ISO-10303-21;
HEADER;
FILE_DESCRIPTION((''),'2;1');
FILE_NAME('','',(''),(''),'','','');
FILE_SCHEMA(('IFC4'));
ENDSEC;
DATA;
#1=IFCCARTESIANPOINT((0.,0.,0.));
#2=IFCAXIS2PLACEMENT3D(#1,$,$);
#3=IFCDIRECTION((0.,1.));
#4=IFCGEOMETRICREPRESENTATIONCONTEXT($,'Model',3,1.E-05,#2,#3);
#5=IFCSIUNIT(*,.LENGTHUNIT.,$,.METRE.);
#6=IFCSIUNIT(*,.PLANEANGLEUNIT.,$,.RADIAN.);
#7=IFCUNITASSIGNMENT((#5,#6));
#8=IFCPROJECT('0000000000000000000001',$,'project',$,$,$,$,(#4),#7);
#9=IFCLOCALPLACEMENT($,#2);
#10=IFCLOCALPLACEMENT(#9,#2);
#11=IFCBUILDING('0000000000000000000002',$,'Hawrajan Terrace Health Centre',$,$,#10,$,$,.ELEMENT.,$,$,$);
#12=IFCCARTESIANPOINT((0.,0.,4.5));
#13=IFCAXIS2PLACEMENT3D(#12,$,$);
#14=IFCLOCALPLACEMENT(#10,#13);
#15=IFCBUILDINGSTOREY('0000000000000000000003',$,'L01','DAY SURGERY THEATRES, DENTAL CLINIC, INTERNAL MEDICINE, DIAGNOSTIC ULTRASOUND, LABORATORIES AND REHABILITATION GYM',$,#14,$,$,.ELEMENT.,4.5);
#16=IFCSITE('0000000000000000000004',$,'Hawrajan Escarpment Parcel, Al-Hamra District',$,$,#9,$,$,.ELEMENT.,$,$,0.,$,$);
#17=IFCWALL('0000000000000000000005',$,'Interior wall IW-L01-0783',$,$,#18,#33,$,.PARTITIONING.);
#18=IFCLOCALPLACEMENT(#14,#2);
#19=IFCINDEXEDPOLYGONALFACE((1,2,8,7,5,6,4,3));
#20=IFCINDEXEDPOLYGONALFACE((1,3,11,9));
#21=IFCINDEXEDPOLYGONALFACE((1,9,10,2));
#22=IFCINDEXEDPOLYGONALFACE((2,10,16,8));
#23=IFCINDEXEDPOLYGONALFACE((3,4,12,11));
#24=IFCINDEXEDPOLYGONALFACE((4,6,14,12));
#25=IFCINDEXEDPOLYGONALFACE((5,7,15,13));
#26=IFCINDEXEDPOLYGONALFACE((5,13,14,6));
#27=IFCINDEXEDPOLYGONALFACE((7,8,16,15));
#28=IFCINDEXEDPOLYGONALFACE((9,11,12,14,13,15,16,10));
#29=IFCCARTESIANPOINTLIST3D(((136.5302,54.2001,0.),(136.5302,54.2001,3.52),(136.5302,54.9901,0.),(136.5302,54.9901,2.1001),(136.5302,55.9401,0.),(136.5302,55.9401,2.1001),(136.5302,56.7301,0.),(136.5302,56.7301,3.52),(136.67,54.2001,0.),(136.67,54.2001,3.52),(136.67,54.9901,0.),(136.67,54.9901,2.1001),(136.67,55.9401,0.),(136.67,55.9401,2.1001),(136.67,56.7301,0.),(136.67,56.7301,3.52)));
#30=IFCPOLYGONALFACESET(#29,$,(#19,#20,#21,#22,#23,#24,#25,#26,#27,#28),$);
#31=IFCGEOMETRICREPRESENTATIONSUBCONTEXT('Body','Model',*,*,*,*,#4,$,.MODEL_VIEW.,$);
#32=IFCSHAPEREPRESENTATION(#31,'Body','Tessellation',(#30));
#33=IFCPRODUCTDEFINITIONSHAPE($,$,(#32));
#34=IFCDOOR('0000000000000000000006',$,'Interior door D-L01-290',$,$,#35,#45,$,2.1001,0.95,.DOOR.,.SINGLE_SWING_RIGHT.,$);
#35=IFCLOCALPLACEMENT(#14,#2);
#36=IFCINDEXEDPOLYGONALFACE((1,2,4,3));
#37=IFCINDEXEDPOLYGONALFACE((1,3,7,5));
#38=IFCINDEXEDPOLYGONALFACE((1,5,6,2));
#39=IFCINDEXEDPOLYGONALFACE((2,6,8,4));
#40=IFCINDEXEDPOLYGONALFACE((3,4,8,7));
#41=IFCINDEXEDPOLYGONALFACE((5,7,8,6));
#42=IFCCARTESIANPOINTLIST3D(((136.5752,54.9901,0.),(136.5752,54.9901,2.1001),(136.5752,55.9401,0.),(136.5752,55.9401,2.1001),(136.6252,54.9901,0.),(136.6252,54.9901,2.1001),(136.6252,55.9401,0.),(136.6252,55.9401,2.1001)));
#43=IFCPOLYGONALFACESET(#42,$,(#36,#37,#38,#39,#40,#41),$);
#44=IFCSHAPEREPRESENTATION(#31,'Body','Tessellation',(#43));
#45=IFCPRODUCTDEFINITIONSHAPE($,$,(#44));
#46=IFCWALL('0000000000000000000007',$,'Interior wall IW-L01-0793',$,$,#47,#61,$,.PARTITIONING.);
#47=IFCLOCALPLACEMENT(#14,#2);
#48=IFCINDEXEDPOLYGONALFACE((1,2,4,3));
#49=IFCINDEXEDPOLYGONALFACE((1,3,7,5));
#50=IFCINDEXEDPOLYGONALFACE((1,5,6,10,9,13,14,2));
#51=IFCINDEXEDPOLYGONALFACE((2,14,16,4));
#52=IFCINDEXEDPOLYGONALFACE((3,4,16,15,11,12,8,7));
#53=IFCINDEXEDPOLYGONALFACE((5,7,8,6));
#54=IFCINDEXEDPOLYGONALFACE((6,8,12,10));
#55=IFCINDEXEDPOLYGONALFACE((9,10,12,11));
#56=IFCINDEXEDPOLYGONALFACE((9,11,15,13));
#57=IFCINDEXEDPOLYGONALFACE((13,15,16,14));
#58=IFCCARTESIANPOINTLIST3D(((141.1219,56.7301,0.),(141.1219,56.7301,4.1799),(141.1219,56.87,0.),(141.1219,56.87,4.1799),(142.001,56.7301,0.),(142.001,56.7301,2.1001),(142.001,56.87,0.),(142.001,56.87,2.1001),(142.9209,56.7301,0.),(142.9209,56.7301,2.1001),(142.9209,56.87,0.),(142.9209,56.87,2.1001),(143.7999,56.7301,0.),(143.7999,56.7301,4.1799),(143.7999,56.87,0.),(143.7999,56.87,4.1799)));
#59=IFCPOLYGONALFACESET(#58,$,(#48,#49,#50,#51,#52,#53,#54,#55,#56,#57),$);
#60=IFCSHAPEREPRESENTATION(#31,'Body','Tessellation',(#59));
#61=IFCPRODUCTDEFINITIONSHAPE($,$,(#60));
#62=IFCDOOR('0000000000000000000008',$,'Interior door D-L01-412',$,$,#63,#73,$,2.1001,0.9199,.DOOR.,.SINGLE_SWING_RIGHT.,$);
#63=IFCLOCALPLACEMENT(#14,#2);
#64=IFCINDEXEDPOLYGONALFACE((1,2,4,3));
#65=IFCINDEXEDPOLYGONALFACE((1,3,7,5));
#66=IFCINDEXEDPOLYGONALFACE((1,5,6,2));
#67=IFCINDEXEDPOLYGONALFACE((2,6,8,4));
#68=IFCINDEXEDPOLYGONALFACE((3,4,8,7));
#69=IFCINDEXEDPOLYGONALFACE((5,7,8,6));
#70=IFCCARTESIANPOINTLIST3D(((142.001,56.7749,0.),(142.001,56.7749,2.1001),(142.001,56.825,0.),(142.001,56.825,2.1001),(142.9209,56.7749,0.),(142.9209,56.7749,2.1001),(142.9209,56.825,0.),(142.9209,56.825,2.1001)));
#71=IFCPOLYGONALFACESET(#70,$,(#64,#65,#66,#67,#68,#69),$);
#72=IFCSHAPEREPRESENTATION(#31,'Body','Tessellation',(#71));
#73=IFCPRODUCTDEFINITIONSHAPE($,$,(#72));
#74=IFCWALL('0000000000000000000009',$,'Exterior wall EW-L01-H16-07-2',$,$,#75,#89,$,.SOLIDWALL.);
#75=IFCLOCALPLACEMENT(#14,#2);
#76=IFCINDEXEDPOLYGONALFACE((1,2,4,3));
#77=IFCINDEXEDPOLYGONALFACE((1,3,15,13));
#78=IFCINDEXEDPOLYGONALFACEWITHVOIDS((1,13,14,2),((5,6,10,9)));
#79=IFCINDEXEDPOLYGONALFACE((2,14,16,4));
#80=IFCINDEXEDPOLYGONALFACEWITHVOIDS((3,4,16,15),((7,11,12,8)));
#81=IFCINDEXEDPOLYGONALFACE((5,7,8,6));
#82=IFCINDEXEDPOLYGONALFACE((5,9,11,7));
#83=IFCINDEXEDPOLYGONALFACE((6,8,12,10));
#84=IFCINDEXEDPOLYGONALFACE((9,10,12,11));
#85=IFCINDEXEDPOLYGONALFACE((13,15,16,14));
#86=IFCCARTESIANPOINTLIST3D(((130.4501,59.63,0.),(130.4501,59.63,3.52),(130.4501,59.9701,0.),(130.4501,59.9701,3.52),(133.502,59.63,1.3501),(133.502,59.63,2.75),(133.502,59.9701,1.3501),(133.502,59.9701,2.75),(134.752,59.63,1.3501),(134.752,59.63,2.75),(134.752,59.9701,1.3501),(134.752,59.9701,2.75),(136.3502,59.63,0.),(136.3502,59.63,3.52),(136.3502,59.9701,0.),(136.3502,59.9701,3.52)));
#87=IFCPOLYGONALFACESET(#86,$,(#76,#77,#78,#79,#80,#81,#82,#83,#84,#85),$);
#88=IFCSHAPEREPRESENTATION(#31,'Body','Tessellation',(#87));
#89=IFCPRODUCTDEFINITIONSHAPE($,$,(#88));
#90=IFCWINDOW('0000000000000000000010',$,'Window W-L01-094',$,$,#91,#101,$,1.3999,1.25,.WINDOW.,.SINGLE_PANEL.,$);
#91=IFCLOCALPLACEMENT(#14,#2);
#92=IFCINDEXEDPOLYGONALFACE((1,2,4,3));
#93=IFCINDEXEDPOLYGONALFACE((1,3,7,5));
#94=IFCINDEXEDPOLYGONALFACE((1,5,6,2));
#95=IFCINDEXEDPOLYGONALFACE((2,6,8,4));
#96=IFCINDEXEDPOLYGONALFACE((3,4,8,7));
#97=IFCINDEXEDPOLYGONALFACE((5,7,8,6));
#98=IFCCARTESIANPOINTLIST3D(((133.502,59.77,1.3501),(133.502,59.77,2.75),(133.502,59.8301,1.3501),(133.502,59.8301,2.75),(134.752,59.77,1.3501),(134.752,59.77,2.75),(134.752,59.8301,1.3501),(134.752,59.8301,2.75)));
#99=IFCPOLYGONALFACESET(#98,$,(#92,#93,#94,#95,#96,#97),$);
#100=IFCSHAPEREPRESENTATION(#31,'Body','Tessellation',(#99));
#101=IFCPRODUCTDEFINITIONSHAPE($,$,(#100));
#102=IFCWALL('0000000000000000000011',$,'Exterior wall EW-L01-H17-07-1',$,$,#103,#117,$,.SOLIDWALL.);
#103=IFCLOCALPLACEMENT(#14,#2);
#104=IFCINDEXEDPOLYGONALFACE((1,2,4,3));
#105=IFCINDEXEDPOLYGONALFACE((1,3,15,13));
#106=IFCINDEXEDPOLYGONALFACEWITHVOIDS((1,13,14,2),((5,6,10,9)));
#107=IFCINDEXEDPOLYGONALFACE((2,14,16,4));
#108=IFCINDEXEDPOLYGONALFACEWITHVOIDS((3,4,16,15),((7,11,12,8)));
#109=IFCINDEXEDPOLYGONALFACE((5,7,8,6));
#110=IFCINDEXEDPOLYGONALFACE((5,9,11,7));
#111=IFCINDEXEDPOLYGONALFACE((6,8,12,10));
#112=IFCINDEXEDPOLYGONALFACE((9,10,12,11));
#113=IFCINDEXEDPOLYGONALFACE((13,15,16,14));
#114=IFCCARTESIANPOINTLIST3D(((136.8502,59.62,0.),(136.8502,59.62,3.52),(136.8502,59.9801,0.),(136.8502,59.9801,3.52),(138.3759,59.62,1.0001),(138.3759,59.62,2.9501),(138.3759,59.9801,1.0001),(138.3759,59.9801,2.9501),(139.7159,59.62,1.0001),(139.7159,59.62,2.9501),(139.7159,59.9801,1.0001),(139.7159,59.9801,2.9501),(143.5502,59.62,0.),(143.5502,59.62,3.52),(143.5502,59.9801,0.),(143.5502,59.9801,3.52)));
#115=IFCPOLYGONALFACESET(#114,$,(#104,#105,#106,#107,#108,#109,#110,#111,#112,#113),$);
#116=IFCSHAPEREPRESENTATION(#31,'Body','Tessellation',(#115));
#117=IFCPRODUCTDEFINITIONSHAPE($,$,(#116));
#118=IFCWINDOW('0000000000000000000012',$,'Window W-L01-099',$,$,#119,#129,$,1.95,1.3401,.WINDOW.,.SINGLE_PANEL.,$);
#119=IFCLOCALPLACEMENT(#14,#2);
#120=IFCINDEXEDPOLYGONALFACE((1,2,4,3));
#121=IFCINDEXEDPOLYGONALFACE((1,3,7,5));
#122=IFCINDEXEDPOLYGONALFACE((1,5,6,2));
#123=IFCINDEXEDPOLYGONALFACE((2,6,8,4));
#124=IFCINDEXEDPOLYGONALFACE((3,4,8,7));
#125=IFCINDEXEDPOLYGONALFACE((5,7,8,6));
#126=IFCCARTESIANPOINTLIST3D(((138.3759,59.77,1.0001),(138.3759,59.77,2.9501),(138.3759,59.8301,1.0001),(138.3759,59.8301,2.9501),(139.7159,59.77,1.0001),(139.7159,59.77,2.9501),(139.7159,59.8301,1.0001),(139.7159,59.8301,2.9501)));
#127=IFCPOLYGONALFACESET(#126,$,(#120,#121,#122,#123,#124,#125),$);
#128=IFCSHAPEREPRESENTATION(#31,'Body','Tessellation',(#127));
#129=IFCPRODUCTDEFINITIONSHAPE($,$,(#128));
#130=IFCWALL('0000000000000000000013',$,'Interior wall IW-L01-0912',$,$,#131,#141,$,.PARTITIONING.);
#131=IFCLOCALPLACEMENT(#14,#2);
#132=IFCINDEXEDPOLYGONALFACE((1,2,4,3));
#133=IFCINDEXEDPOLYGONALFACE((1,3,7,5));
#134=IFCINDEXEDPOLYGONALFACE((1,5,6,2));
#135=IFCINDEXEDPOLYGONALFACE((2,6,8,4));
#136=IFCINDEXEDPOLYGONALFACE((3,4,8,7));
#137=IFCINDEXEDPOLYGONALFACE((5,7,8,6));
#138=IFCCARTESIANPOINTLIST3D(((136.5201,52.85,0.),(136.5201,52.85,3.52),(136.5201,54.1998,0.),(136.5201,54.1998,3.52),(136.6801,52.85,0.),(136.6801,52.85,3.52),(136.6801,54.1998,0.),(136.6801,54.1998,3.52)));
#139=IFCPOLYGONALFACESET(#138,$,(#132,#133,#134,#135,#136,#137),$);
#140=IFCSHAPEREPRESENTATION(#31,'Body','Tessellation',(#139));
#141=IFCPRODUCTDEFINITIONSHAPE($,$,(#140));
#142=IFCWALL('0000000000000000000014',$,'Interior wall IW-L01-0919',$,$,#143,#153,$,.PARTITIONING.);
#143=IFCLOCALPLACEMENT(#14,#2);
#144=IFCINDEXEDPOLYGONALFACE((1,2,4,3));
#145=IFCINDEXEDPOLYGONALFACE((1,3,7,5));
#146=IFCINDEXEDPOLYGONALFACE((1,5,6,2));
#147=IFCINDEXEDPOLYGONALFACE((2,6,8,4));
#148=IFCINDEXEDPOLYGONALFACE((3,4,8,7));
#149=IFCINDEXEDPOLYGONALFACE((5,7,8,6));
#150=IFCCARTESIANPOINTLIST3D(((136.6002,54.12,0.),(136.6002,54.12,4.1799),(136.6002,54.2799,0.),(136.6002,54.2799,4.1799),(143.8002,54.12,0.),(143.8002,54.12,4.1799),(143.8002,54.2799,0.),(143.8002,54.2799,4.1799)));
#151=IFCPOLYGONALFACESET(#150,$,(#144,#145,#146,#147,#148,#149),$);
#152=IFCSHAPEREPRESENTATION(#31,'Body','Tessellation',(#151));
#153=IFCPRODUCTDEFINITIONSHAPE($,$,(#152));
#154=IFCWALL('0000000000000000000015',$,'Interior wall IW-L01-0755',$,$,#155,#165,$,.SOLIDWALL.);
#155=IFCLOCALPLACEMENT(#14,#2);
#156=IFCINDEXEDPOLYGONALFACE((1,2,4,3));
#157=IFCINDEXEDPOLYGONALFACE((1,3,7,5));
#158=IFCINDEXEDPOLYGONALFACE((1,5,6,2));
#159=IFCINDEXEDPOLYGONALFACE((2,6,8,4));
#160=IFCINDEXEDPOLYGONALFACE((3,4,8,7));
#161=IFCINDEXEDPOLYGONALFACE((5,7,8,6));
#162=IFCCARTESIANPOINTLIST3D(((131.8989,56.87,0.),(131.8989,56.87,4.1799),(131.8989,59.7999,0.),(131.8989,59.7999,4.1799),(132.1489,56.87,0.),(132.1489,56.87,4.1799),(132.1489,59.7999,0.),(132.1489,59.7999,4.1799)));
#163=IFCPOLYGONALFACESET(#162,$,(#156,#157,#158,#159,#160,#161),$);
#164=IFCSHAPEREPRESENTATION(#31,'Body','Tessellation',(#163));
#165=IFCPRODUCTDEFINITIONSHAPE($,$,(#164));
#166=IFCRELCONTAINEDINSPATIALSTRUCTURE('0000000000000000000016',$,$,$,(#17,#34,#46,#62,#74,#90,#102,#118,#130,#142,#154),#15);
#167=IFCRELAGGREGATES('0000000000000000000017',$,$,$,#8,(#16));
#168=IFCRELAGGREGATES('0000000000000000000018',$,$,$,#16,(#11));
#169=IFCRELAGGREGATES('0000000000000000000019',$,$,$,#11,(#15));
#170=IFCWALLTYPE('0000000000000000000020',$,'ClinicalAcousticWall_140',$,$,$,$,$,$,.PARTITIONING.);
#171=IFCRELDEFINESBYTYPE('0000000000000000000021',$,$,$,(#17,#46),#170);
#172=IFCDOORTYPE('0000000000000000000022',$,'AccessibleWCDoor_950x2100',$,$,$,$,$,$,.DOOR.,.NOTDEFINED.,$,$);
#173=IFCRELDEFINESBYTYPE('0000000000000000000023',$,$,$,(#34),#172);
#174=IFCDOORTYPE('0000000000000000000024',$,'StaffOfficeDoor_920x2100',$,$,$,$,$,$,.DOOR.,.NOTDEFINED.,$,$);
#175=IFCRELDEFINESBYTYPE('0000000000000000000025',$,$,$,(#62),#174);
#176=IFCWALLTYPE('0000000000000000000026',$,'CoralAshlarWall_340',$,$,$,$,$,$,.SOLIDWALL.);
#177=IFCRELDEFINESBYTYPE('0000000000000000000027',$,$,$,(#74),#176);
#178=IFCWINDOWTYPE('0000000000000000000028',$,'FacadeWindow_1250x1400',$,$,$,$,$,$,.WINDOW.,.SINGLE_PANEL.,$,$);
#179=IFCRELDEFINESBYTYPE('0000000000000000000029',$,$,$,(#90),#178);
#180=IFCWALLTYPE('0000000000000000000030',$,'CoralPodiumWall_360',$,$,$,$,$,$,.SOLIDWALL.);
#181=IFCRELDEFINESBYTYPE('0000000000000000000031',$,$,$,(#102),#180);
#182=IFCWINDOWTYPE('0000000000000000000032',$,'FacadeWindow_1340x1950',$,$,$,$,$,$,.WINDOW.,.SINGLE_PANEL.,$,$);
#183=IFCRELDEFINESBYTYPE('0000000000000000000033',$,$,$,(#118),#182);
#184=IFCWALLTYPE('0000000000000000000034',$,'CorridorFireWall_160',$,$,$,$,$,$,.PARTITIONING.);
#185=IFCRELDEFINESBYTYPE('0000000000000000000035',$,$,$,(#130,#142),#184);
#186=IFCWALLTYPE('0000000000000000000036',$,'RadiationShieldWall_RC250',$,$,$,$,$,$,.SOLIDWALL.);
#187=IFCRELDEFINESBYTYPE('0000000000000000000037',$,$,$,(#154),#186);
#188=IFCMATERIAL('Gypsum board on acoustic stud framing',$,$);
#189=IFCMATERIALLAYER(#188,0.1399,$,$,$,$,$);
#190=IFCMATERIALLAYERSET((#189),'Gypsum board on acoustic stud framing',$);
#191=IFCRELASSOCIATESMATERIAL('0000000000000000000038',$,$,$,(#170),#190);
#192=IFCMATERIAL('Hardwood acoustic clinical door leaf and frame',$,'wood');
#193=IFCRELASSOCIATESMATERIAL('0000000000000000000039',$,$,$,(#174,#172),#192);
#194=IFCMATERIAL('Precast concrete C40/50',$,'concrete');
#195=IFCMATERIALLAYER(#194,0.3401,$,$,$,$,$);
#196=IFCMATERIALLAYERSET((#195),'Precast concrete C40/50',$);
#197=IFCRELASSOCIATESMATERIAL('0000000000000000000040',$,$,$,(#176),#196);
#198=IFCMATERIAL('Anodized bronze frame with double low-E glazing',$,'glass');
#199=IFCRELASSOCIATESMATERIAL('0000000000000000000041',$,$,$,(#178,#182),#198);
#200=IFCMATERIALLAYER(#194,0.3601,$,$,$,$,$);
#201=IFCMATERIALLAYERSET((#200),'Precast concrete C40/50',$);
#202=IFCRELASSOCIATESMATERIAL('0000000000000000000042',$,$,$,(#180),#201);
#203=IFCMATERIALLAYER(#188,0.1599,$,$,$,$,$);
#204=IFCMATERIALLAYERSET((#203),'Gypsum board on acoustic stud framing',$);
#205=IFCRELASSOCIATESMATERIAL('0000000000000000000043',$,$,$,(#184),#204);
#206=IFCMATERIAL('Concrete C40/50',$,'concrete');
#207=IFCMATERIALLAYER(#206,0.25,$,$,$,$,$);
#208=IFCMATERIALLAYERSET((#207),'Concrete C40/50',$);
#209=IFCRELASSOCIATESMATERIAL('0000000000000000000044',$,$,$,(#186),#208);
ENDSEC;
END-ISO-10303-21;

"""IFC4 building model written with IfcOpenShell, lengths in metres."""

from ifc_helpers import new_model, si_unit, direction, frame, frame_2d, origin, place, context, subcontext, project, spatial, rectangle, extrude, material, layer, layer_set, type_object, element, fill, save


model = new_model("IFC4")

# Units and contexts
model_context = context("Model", 3, precision=1e-05, world=origin(), true_north=direction((0.0, 1.0)))
body_context = subcontext(model_context, "Body", "Model", "MODEL_VIEW")
ifc_project = project(units=[si_unit("LENGTHUNIT", "METRE"), si_unit("PLANEANGLEUNIT", "RADIAN")], contexts=[model_context])

# Site, building, storey
site_placement = place(None, origin())
site = spatial("IfcSite", under=ifc_project, at=site_placement, Name="Hawrajan Escarpment Parcel, Al-Hamra District", CompositionType="ELEMENT", RefElevation=0.0)
building_placement = place(site_placement, origin())
building = spatial("IfcBuilding", under=site, at=building_placement, Name="Hawrajan Terrace Health Centre", CompositionType="ELEMENT")
storey_placement = place(building_placement, frame((0.0, 0.0, 4.5)))
storey = spatial("IfcBuildingStorey", under=building, at=storey_placement, Name="L01", Description="DAY SURGERY THEATRES, DENTAL CLINIC, INTERNAL MEDICINE, DIAGNOSTIC ULTRASOUND, LABORATORIES AND REHABILITATION GYM", CompositionType="ELEMENT", Elevation=4.5)

# Shared definitions
ifc_material_1 = material(Name="Concrete C40/50", Category="concrete")

# Shared definitions
ifc_material_2 = material(Name="Gypsum board on acoustic stud framing")
ifc_layer_1 = layer(ifc_material_2, 0.1399)
ifc_layer_set_1 = layer_set([ifc_layer_1], Name="Gypsum board on acoustic stud framing")
wall_type_1 = type_object("IfcWallType", Name="ClinicalAcousticWall_140", PredefinedType="PARTITIONING", material=ifc_layer_set_1)
ifc_material_3 = material(Name="Hardwood acoustic clinical door leaf and frame", Category="wood")
door_type_1 = type_object("IfcDoorType", Name="StaffOfficeDoor_920x2100", OperationType="NOTDEFINED", PredefinedType="DOOR", material=ifc_material_3)

# Walls, openings, doors
wall_1_placement = place(storey_placement, frame((136.6001, 54.2, 0.0), z_axis=(0.0, 0.0, 1.0), x_axis=(0.0, 1.0, 0.0)))
wall_1 = element("IfcWall", 1, at=wall_1_placement, inside=storey, type_object=wall_type_1, Name="Interior wall IW-L01-0783", PredefinedType="PARTITIONING", context=body_context, shape_type="SweptSolid", body=[
    extrude(rectangle(XDim=2.53, YDim=0.1399, at=frame_2d((1.2651, 0.0))), origin(), (0.0, 0.0, 1.0), 3.52),
])
opening_1_placement = place(wall_1_placement, frame((0.79, 0.0, 0.0)))
opening_1 = element("IfcOpeningElement", 2, at=opening_1_placement, cuts=wall_1, PredefinedType="OPENING", context=body_context, shape_type="SweptSolid", body=[
    extrude(rectangle(XDim=0.95, YDim=2.1001, at=frame_2d((0.4751, 1.05))), frame((0.0, 0.0798, 0.0), z_axis=(0.0, -1.0, 0.0), x_axis=(1.0, 0.0, 0.0)), (0.0, 0.0, 1.0), 0.1599),
])
door_type_2 = type_object("IfcDoorType", Name="AccessibleWCDoor_950x2100", OperationType="NOTDEFINED", PredefinedType="DOOR", material=ifc_material_3)
door_1_placement = place(opening_1_placement, origin())
door_1 = element("IfcDoor", 3, at=door_1_placement, inside=storey, type_object=door_type_2, Name="Interior door D-L01-290", OperationType="SINGLE_SWING_RIGHT", OverallHeight=2.1001, OverallWidth=0.95, PredefinedType="DOOR", context=body_context, shape_type="SweptSolid", body=[
    extrude(rectangle(XDim=0.95, YDim=2.1001, at=frame_2d((0.4751, 1.05))), frame((0.0, 0.0249, 0.0), z_axis=(0.0, -1.0, 0.0), x_axis=(1.0, 0.0, 0.0)), (0.0, 0.0, 1.0), 0.05),
])
fill(opening_1, door_1)
wall_2_placement = place(storey_placement, frame((141.1221, 56.8, 0.0), z_axis=(0.0, 0.0, 1.0), x_axis=(1.0, 0.0, 0.0)))
wall_2 = element("IfcWall", 4, at=wall_2_placement, inside=storey, type_object=wall_type_1, Name="Interior wall IW-L01-0793", PredefinedType="PARTITIONING", context=body_context, shape_type="SweptSolid", body=[
    extrude(rectangle(XDim=2.678, YDim=0.1399, at=frame_2d((1.3389, 0.0))), origin(), (0.0, 0.0, 1.0), 4.1799),
])
opening_2_placement = place(wall_2_placement, frame((0.8789, 0.0, 0.0)))
opening_2 = element("IfcOpeningElement", 5, at=opening_2_placement, cuts=wall_2, PredefinedType="OPENING", context=body_context, shape_type="SweptSolid", body=[
    extrude(rectangle(XDim=0.9199, YDim=2.1001, at=frame_2d((0.46, 1.05))), frame((0.0, 0.0798, 0.0), z_axis=(0.0, -1.0, 0.0), x_axis=(1.0, 0.0, 0.0)), (0.0, 0.0, 1.0), 0.1599),
])
door_2_placement = place(opening_2_placement, origin())
door_2 = element("IfcDoor", 6, at=door_2_placement, inside=storey, type_object=door_type_1, Name="Interior door D-L01-412", OperationType="SINGLE_SWING_RIGHT", OverallHeight=2.1001, OverallWidth=0.9199, PredefinedType="DOOR", context=body_context, shape_type="SweptSolid", body=[
    extrude(rectangle(XDim=0.9199, YDim=2.1001, at=frame_2d((0.46, 1.05))), frame((0.0, 0.0249, 0.0), z_axis=(0.0, -1.0, 0.0), x_axis=(1.0, 0.0, 0.0)), (0.0, 0.0, 1.0), 0.05),
])
fill(opening_2, door_2)

# Walls, openings, windows
ifc_material_4 = material(Name="Precast concrete C40/50", Category="concrete")
ifc_layer_2 = layer(ifc_material_4, 0.3401)
ifc_layer_set_2 = layer_set([ifc_layer_2], Name="Precast concrete C40/50")
wall_type_2 = type_object("IfcWallType", Name="CoralAshlarWall_340", PredefinedType="SOLIDWALL", material=ifc_layer_set_2)
wall_3_placement = place(storey_placement, frame((130.45, 59.8, 0.0), z_axis=(0.0, 0.0, 1.0), x_axis=(1.0, 0.0, 0.0)))
wall_3 = element("IfcWall", 7, at=wall_3_placement, inside=storey, type_object=wall_type_2, Name="Exterior wall EW-L01-H16-07-2", PredefinedType="SOLIDWALL", context=body_context, shape_type="SweptSolid", body=[
    extrude(rectangle(XDim=5.9001, YDim=0.3401, at=frame_2d((2.9502, 0.0))), origin(), (0.0, 0.0, 1.0), 3.52),
])
opening_3_placement = place(wall_3_placement, frame((3.052, 0.0, 1.3501)))
opening_3 = element("IfcOpeningElement", 8, at=opening_3_placement, cuts=wall_3, PredefinedType="OPENING", context=body_context, shape_type="SweptSolid", body=[
    extrude(rectangle(XDim=1.25, YDim=1.3999, at=frame_2d((0.625, 0.7))), frame((0.0, 0.1799, 0.0), z_axis=(0.0, -1.0, 0.0), x_axis=(1.0, 0.0, 0.0)), (0.0, 0.0, 1.0), 0.3601),
])
ifc_material_5 = material(Name="Anodized bronze frame with double low-E glazing", Category="glass")
window_type_1 = type_object("IfcWindowType", Name="FacadeWindow_1250x1400", PartitioningType="SINGLE_PANEL", PredefinedType="WINDOW", material=ifc_material_5)
window_1_placement = place(opening_3_placement, origin())
window_1 = element("IfcWindow", 9, at=window_1_placement, inside=storey, type_object=window_type_1, Name="Window W-L01-094", OverallHeight=1.3999, OverallWidth=1.25, PartitioningType="SINGLE_PANEL", PredefinedType="WINDOW", context=body_context, shape_type="SweptSolid", body=[
    extrude(rectangle(XDim=1.25, YDim=1.3999, at=frame_2d((0.625, 0.7))), frame((0.0, 0.03, 0.0), z_axis=(0.0, -1.0, 0.0), x_axis=(1.0, 0.0, 0.0)), (0.0, 0.0, 1.0), 0.0601),
])
fill(opening_3, window_1)
ifc_layer_3 = layer(ifc_material_4, 0.3601)
ifc_layer_set_3 = layer_set([ifc_layer_3], Name="Precast concrete C40/50")
wall_type_3 = type_object("IfcWallType", Name="CoralPodiumWall_360", PredefinedType="SOLIDWALL", material=ifc_layer_set_3)
wall_4_placement = place(storey_placement, frame((136.8501, 59.8, 0.0), z_axis=(0.0, 0.0, 1.0), x_axis=(1.0, 0.0, 0.0)))
wall_4 = element("IfcWall", 10, at=wall_4_placement, inside=storey, type_object=wall_type_3, Name="Exterior wall EW-L01-H17-07-1", PredefinedType="SOLIDWALL", context=body_context, shape_type="SweptSolid", body=[
    extrude(rectangle(XDim=6.7, YDim=0.3601, at=frame_2d((3.3501, 0.0))), origin(), (0.0, 0.0, 1.0), 3.52),
])
opening_4_placement = place(wall_4_placement, frame((1.5259, 0.0, 1.0)))
opening_4 = element("IfcOpeningElement", 11, at=opening_4_placement, cuts=wall_4, PredefinedType="OPENING", context=body_context, shape_type="SweptSolid", body=[
    extrude(rectangle(XDim=1.3401, YDim=1.95, at=frame_2d((0.6699, 0.9751))), frame((0.0, 0.1899, 0.0), z_axis=(0.0, -1.0, 0.0), x_axis=(1.0, 0.0, 0.0)), (0.0, 0.0, 1.0), 0.3801),
])
window_type_2 = type_object("IfcWindowType", Name="FacadeWindow_1340x1950", PartitioningType="SINGLE_PANEL", PredefinedType="WINDOW", material=ifc_material_5)
window_2_placement = place(opening_4_placement, origin())
window_2 = element("IfcWindow", 12, at=window_2_placement, inside=storey, type_object=window_type_2, Name="Window W-L01-099", OverallHeight=1.95, OverallWidth=1.3401, PartitioningType="SINGLE_PANEL", PredefinedType="WINDOW", context=body_context, shape_type="SweptSolid", body=[
    extrude(rectangle(XDim=1.3401, YDim=1.95, at=frame_2d((0.6699, 0.9751))), frame((0.0, 0.03, 0.0), z_axis=(0.0, -1.0, 0.0), x_axis=(1.0, 0.0, 0.0)), (0.0, 0.0, 1.0), 0.0601),
])
fill(opening_4, window_2)

# Walls
ifc_layer_4 = layer(ifc_material_2, 0.1599)
ifc_layer_set_4 = layer_set([ifc_layer_4], Name="Gypsum board on acoustic stud framing")
wall_type_4 = type_object("IfcWallType", Name="CorridorFireWall_160", PredefinedType="PARTITIONING", material=ifc_layer_set_4)
wall_5_placement = place(storey_placement, frame((136.6001, 52.8501, 0.0), z_axis=(0.0, 0.0, 1.0), x_axis=(0.0, 1.0, 0.0)))
element("IfcWall", 13, at=wall_5_placement, inside=storey, type_object=wall_type_4, Name="Interior wall IW-L01-0912", PredefinedType="PARTITIONING", context=body_context, shape_type="SweptSolid", body=[
    extrude(rectangle(XDim=1.3499, YDim=0.1599, at=frame_2d((0.6748, 0.0))), origin(), (0.0, 0.0, 1.0), 3.52),
])
wall_6_placement = place(storey_placement, frame((136.6001, 54.2, 0.0), z_axis=(0.0, 0.0, 1.0), x_axis=(1.0, 0.0, 0.0)))
element("IfcWall", 14, at=wall_6_placement, inside=storey, type_object=wall_type_4, Name="Interior wall IW-L01-0919", PredefinedType="PARTITIONING", context=body_context, shape_type="SweptSolid", body=[
    extrude(rectangle(XDim=7.2, YDim=0.1599, at=frame_2d((3.6001, 0.0))), origin(), (0.0, 0.0, 1.0), 4.1799),
])
ifc_layer_5 = layer(ifc_material_1, 0.25)
ifc_layer_set_5 = layer_set([ifc_layer_5], Name="Concrete C40/50")
wall_type_5 = type_object("IfcWallType", Name="RadiationShieldWall_RC250", PredefinedType="SOLIDWALL", material=ifc_layer_set_5)
wall_7_placement = place(storey_placement, frame((132.0239, 56.8701, 0.0), z_axis=(0.0, 0.0, 1.0), x_axis=(0.0, 1.0, 0.0)))
element("IfcWall", 15, at=wall_7_placement, inside=storey, type_object=wall_type_5, Name="Interior wall IW-L01-0755", PredefinedType="SOLIDWALL", context=body_context, shape_type="SweptSolid", body=[
    extrude(rectangle(XDim=2.9299, YDim=0.25, at=frame_2d((1.4648, 0.0))), origin(), (0.0, 0.0, 1.0), 4.1799),
])

save(model, "model.ifc")
